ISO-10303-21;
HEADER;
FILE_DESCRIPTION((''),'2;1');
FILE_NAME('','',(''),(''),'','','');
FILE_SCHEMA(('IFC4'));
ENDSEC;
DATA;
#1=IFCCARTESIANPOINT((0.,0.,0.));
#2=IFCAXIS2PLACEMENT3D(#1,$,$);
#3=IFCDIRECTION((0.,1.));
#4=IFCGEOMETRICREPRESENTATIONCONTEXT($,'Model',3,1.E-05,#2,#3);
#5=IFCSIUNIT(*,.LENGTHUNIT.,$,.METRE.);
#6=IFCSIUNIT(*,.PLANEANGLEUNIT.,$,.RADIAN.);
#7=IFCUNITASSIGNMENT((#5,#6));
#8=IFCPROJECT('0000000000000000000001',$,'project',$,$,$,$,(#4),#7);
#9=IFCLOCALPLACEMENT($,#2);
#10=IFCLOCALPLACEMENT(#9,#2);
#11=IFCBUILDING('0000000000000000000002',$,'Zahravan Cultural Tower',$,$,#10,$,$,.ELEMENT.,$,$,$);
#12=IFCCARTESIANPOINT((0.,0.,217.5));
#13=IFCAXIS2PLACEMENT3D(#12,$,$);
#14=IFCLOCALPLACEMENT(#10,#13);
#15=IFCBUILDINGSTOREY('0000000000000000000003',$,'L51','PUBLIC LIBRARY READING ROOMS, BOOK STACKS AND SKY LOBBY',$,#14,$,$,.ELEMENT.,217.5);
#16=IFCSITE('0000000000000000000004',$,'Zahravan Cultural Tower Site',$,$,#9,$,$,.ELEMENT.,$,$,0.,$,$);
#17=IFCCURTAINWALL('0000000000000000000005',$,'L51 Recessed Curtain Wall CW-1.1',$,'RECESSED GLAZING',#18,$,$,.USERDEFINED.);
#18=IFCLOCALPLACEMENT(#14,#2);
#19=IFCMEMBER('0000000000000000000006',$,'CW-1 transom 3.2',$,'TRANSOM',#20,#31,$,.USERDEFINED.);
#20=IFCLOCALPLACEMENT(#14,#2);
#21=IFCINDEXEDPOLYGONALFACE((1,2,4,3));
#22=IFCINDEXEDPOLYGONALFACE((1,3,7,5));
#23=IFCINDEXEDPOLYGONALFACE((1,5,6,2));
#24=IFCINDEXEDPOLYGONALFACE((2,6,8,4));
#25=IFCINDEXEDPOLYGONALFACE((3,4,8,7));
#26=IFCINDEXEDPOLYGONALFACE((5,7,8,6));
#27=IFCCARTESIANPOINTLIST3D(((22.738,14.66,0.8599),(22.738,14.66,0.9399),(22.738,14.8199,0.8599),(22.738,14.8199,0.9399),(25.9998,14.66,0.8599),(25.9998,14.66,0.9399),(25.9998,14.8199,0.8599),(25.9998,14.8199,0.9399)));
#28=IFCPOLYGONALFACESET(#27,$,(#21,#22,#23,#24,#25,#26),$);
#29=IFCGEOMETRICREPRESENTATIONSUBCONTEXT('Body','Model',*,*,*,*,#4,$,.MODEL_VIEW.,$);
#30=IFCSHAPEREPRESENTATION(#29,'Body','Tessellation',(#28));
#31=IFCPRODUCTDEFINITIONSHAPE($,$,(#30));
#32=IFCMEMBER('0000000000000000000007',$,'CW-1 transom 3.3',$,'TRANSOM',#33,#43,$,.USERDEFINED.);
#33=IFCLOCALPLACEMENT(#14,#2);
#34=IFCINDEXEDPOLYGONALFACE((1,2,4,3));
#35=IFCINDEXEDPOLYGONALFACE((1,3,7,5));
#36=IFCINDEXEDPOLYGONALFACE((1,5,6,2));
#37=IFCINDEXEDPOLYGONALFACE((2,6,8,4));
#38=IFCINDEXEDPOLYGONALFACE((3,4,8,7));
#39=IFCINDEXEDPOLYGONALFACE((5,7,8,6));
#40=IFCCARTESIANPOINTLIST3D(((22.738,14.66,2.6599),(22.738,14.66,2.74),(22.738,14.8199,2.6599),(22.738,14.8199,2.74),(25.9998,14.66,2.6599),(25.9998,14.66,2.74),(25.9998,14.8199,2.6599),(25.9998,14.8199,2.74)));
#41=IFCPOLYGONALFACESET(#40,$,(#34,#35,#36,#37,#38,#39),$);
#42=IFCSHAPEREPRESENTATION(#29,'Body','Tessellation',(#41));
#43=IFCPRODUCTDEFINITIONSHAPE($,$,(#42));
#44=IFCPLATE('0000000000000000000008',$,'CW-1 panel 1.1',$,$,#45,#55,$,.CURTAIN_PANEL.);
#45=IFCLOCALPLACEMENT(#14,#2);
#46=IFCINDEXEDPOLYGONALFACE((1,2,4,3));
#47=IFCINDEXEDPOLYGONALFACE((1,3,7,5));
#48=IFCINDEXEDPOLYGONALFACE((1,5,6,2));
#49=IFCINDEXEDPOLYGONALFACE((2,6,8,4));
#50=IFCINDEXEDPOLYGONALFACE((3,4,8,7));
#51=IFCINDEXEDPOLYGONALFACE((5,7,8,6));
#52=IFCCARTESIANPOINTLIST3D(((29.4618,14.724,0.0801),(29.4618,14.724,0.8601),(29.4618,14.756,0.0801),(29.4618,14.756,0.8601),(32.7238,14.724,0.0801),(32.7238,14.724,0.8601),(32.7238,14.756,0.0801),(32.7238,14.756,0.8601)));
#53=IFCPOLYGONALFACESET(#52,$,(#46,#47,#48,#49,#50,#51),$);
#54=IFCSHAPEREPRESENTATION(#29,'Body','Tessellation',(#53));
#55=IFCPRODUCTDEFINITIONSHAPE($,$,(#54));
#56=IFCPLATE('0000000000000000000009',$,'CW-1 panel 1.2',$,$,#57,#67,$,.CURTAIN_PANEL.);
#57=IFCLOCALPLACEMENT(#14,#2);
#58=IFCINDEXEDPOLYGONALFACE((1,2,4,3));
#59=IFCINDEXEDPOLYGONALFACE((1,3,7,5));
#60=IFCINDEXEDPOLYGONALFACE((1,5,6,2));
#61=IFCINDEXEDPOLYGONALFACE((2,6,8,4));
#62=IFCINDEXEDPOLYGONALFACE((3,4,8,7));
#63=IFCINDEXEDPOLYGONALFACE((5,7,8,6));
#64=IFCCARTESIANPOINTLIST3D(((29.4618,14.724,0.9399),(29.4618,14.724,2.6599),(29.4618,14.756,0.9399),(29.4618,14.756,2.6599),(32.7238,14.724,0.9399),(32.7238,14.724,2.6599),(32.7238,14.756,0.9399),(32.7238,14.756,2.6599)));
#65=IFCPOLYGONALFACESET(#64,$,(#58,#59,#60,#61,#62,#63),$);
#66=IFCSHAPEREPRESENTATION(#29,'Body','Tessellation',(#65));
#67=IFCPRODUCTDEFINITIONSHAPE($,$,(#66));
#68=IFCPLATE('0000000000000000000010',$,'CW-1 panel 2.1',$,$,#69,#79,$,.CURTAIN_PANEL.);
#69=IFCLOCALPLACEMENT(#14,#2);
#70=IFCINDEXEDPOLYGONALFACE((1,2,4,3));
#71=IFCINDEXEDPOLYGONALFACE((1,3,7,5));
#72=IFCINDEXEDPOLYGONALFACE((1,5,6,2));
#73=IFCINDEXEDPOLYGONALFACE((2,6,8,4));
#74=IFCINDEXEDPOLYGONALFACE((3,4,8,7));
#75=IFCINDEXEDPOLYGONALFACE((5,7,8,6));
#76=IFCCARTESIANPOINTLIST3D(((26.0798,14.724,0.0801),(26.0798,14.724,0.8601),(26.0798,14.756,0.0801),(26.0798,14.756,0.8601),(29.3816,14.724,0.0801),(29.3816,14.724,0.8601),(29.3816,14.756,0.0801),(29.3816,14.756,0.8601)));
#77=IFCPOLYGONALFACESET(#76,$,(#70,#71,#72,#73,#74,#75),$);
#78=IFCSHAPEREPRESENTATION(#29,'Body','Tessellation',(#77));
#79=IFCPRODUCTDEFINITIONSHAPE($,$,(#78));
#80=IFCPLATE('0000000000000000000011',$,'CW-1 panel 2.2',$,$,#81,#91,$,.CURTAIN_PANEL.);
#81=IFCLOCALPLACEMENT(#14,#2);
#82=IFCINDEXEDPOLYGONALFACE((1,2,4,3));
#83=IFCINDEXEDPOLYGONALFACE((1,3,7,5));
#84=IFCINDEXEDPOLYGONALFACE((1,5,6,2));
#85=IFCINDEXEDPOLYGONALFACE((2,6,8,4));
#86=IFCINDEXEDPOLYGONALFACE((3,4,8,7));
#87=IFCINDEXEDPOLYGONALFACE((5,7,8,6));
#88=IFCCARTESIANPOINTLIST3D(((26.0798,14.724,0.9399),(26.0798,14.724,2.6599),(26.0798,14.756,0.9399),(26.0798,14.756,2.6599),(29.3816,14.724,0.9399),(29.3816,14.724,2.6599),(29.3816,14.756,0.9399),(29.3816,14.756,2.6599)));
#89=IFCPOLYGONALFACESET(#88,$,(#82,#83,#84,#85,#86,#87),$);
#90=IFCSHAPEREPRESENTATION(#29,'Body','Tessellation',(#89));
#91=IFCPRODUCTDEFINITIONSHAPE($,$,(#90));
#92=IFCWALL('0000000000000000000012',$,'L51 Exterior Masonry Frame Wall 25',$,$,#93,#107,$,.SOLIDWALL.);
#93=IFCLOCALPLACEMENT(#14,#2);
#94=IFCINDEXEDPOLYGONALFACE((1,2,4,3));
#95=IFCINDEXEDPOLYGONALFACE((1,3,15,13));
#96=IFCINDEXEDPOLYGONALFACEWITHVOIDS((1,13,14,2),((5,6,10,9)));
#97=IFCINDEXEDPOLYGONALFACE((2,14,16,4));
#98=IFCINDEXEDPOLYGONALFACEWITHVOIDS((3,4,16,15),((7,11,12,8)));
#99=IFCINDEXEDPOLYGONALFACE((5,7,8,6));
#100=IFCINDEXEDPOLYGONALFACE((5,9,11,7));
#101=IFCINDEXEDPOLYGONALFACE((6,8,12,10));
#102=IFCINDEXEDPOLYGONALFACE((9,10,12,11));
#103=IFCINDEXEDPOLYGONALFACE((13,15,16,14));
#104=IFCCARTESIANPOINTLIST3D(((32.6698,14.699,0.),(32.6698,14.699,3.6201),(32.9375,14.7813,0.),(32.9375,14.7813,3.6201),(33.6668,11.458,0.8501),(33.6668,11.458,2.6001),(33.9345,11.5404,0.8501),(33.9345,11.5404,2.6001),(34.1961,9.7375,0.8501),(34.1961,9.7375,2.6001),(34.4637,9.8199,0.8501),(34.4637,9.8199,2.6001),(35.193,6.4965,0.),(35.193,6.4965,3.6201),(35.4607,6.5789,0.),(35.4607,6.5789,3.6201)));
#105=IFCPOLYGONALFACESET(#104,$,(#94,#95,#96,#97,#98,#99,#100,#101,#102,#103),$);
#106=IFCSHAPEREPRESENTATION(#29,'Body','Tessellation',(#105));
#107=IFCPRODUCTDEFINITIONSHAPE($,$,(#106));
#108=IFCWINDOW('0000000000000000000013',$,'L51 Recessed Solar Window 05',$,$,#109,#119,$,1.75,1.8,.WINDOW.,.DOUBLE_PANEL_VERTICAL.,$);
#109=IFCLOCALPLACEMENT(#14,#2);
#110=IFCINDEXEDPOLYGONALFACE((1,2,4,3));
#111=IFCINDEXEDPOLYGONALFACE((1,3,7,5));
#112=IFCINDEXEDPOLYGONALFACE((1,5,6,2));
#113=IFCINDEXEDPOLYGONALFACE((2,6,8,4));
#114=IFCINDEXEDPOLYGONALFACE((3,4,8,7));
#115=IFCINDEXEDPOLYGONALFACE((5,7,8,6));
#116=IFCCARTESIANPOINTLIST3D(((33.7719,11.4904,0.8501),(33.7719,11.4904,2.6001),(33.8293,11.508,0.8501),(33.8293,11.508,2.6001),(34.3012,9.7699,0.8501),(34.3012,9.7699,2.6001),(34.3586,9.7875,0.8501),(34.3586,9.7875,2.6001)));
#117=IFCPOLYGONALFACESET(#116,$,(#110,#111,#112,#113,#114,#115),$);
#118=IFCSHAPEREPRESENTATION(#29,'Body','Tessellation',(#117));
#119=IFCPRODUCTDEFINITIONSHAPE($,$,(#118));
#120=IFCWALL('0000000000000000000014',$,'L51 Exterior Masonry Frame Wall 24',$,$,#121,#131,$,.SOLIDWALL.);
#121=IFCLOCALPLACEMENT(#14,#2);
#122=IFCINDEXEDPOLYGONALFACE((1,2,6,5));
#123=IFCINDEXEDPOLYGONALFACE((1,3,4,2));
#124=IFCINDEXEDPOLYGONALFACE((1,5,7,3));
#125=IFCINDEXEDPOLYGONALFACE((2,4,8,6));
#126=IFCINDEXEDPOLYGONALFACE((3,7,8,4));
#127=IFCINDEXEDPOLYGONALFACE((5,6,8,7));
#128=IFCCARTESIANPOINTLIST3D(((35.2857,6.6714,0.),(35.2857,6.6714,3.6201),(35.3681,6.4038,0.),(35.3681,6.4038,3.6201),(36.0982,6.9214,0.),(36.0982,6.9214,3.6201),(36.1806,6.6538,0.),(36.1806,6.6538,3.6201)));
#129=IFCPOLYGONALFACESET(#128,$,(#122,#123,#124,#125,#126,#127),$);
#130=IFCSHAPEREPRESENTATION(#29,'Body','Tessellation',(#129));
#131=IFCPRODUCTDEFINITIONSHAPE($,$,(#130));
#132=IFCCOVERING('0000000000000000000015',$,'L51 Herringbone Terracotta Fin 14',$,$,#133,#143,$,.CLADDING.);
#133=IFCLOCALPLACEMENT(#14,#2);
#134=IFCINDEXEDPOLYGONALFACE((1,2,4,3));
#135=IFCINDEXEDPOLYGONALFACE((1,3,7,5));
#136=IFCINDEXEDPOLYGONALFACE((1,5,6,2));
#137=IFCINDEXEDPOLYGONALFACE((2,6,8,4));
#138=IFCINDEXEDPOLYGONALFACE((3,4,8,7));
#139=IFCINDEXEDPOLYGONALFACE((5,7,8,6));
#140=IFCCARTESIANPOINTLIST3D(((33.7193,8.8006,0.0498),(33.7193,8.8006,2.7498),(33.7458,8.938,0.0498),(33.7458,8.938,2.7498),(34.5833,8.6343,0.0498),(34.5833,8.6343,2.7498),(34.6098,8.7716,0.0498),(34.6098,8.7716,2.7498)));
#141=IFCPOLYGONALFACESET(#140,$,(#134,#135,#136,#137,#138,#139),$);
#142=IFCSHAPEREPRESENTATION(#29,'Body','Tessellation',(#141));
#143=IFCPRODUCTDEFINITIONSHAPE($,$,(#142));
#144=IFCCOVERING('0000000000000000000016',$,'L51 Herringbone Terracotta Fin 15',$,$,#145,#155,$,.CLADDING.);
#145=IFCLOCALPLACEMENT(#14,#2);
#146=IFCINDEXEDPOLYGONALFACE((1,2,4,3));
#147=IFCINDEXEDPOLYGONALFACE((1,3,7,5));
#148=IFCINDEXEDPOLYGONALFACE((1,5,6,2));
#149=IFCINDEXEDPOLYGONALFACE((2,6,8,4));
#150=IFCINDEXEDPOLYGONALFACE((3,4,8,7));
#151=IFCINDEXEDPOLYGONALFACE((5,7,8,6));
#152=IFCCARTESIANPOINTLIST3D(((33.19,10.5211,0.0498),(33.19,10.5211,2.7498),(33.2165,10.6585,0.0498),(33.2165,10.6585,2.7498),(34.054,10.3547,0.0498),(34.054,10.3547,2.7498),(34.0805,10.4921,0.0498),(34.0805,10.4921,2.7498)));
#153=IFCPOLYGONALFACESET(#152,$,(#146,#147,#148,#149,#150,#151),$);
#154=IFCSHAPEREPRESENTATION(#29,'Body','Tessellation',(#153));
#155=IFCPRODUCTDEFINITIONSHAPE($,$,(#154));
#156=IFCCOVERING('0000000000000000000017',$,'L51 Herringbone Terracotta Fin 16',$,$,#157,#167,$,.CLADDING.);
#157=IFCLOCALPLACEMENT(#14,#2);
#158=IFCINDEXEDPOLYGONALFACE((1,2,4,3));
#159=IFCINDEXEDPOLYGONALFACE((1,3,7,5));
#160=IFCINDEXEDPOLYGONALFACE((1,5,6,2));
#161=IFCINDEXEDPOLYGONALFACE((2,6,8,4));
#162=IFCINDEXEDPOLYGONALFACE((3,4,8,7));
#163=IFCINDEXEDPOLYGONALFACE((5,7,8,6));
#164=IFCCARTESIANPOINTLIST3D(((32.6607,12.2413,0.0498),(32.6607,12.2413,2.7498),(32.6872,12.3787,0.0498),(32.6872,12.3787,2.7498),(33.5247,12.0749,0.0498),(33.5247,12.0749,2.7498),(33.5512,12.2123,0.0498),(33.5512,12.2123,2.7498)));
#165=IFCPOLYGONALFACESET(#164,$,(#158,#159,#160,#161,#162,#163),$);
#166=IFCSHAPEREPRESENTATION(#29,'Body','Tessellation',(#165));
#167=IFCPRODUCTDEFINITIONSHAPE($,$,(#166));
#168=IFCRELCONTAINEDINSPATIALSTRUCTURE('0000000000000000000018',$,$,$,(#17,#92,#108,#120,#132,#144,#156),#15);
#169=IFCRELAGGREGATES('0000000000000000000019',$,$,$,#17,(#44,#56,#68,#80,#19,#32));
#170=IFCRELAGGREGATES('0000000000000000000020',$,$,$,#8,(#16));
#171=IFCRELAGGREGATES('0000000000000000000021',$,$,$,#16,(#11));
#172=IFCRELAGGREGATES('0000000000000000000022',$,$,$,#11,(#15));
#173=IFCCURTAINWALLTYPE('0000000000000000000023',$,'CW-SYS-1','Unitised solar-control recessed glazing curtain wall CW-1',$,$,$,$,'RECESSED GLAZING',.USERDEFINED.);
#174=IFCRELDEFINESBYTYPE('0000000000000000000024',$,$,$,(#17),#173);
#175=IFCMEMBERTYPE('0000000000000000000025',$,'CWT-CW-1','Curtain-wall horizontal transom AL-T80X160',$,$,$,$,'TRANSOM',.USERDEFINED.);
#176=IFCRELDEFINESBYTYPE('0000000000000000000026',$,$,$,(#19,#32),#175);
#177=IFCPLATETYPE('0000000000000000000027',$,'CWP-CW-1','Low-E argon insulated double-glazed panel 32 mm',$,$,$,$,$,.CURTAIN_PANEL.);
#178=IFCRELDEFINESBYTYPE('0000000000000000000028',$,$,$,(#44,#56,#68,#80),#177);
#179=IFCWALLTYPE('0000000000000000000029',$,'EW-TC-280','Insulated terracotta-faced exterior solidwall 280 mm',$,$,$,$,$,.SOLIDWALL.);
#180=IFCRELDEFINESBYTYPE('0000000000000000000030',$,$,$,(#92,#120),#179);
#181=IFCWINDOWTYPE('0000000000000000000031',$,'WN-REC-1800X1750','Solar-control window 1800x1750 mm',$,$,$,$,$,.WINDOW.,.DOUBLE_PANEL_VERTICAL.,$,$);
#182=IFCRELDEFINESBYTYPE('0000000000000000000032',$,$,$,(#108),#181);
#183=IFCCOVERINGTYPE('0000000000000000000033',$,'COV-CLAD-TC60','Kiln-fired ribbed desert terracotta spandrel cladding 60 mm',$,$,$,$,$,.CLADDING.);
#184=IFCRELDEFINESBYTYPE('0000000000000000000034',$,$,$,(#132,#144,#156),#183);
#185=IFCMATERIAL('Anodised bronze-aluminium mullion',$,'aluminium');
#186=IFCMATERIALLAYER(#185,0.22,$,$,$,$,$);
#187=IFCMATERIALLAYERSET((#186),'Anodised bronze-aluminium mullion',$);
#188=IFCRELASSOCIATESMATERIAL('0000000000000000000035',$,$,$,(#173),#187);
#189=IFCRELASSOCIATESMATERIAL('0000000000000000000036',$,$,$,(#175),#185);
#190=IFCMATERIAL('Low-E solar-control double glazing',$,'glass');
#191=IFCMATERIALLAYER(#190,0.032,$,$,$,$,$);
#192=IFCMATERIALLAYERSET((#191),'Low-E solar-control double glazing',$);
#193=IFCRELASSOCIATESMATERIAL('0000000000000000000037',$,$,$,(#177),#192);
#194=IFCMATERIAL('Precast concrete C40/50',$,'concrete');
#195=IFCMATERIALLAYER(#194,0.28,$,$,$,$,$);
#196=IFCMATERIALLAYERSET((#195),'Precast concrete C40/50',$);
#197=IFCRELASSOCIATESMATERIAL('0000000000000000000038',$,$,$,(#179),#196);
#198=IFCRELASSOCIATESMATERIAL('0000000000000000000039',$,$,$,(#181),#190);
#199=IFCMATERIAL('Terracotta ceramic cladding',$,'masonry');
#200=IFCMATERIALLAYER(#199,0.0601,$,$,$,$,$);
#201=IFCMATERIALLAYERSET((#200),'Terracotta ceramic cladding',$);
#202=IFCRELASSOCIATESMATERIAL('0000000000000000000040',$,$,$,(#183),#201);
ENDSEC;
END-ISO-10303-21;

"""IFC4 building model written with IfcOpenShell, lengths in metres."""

from ifc_helpers import new_model, si_unit, direction, frame, frame_2d, origin, origin_2d, place, context, subcontext, project, spatial, rectangle, extrude, source, transform, mapped, material, layer, layer_set, material_profile, profile_set, type_object, element, fill, aggregate, save


model = new_model("IFC4")

# Units and contexts
model_context = context("Model", 3, precision=1e-05, world=origin(), true_north=direction((0.0, 1.0)))
body_context = subcontext(model_context, "Body", "Model", "MODEL_VIEW")
ifc_project = project(units=[si_unit("LENGTHUNIT", "METRE"), si_unit("PLANEANGLEUNIT", "RADIAN")], contexts=[model_context])

# Site, building, storey
site_placement = place(None, origin())
site = spatial("IfcSite", under=ifc_project, at=site_placement, Name="Zahravan Cultural Tower Site", CompositionType="ELEMENT", RefElevation=0.0)
building_placement = place(site_placement, origin())
building = spatial("IfcBuilding", under=site, at=building_placement, Name="Zahravan Cultural Tower", CompositionType="ELEMENT")
storey_placement = place(building_placement, frame((0.0, 0.0, 217.5)))
storey = spatial("IfcBuildingStorey", under=building, at=storey_placement, Name="L51", Description="PUBLIC LIBRARY READING ROOMS, BOOK STACKS AND SKY LOBBY", CompositionType="ELEMENT", Elevation=217.5)

# Curtain wall, members, plates
ifc_material_1 = material(Name="Anodised bronze-aluminium mullion", Category="aluminium")
ifc_layer_1 = layer(ifc_material_1, 0.22)
ifc_layer_set_1 = layer_set([ifc_layer_1], Name="Anodised bronze-aluminium mullion")
curtain_wall_type = type_object("IfcCurtainWallType", Name="CW-SYS-1", Description="Unitised solar-control recessed glazing curtain wall CW-1", ElementType="RECESSED GLAZING", PredefinedType="USERDEFINED", material=ifc_layer_set_1)
curtain_wall_placement = place(storey_placement, origin())
curtain_wall = element("IfcCurtainWall", 1, at=curtain_wall_placement, inside=storey, type_object=curtain_wall_type, Name="L51 Recessed Curtain Wall CW-1.1", ObjectType="RECESSED GLAZING", PredefinedType="USERDEFINED")
ifc_material_profile_1 = material_profile(ifc_material_1, rectangle(XDim=0.1599, YDim=0.0801, at=origin_2d()), Name="AL-T80X160")
ifc_profile_set_1 = profile_set([ifc_material_profile_1], Name="Anodised bronze-aluminium mullion")
member_type_1 = type_object("IfcMemberType", Name="CWT-CW-1", Description="Curtain-wall horizontal transom AL-T80X160", ElementType="TRANSOM", PredefinedType="USERDEFINED", material=ifc_profile_set_1)
shared_shape_1 = source(origin(), body_context, "Body", "SweptSolid", [
    extrude(rectangle(XDim=0.1599, YDim=0.0801, at=origin_2d()), origin(), (0.0, 0.0, 1.0), 3.2617),
])
member_1_placement = place(storey_placement, frame((25.9998, 14.74, 0.8999), z_axis=(-1.0, 0.0, 0.0), x_axis=(0.0, -1.0, 0.0)))
member_1 = element("IfcMember", 2, at=member_1_placement, type_object=member_type_1, Name="CW-1 transom 3.2", ObjectType="TRANSOM", PredefinedType="USERDEFINED", context=body_context, shape_type="MappedRepresentation", body=[
    mapped(shared_shape_1, transform((0.0, 0.0, 0.0), x_axis=(1.0, 0.0, 0.0), y_axis=(0.0, 1.0, 0.0), z_axis=(0.0, 0.0, 1.0), scale=1.0)),
])
member_2_placement = place(storey_placement, frame((25.9998, 14.74, 2.7), z_axis=(-1.0, 0.0, 0.0), x_axis=(0.0, -1.0, 0.0)))
member_2 = element("IfcMember", 3, at=member_2_placement, type_object=member_type_1, Name="CW-1 transom 3.3", ObjectType="TRANSOM", PredefinedType="USERDEFINED", context=body_context, shape_type="MappedRepresentation", body=[
    mapped(shared_shape_1, transform((0.0, 0.0, 0.0), x_axis=(1.0, 0.0, 0.0), y_axis=(0.0, 1.0, 0.0), z_axis=(0.0, 0.0, 1.0), scale=1.0)),
])
ifc_material_2 = material(Name="Low-E solar-control double glazing", Category="glass")
ifc_layer_2 = layer(ifc_material_2, 0.032)
ifc_layer_set_2 = layer_set([ifc_layer_2], Name="Low-E solar-control double glazing")
plate_type = type_object("IfcPlateType", Name="CWP-CW-1", Description="Low-E argon insulated double-glazed panel 32 mm", PredefinedType="CURTAIN_PANEL", material=ifc_layer_set_2)
shared_shape_2 = source(origin(), body_context, "Body", "SweptSolid", [
    extrude(rectangle(XDim=3.262, YDim=0.032, at=origin_2d()), origin(), (0.0, 0.0, 1.0), 0.78),
])
plate_1_placement = place(storey_placement, frame((31.0928, 14.74, 0.0801), z_axis=(0.0, 0.0, 1.0), x_axis=(-1.0, 0.0, 0.0)))
plate_1 = element("IfcPlate", 4, at=plate_1_placement, type_object=plate_type, Name="CW-1 panel 1.1", PredefinedType="CURTAIN_PANEL", context=body_context, shape_type="MappedRepresentation", body=[
    mapped(shared_shape_2, transform((0.0, 0.0, 0.0), x_axis=(1.0, 0.0, 0.0), y_axis=(0.0, 1.0, 0.0), z_axis=(0.0, 0.0, 1.0), scale=1.0)),
])
shared_shape_3 = source(origin(), body_context, "Body", "SweptSolid", [
    extrude(rectangle(XDim=3.262, YDim=0.032, at=origin_2d()), origin(), (0.0, 0.0, 1.0), 1.72),
])
plate_2_placement = place(storey_placement, frame((31.0928, 14.74, 0.9399), z_axis=(0.0, 0.0, 1.0), x_axis=(-1.0, 0.0, 0.0)))
plate_2 = element("IfcPlate", 5, at=plate_2_placement, type_object=plate_type, Name="CW-1 panel 1.2", PredefinedType="CURTAIN_PANEL", context=body_context, shape_type="MappedRepresentation", body=[
    mapped(shared_shape_3, transform((0.0, 0.0, 0.0), x_axis=(1.0, 0.0, 0.0), y_axis=(0.0, 1.0, 0.0), z_axis=(0.0, 0.0, 1.0), scale=1.0)),
])
shared_shape_4 = source(origin(), body_context, "Body", "SweptSolid", [
    extrude(rectangle(XDim=3.3018, YDim=0.032, at=origin_2d()), origin(), (0.0, 0.0, 1.0), 0.78),
])
plate_3_placement = place(storey_placement, frame((27.7307, 14.74, 0.0801), z_axis=(0.0, 0.0, 1.0), x_axis=(-1.0, 0.0, 0.0)))
plate_3 = element("IfcPlate", 6, at=plate_3_placement, type_object=plate_type, Name="CW-1 panel 2.1", PredefinedType="CURTAIN_PANEL", context=body_context, shape_type="MappedRepresentation", body=[
    mapped(shared_shape_4, transform((0.0, 0.0, 0.0), x_axis=(1.0, 0.0, 0.0), y_axis=(0.0, 1.0, 0.0), z_axis=(0.0, 0.0, 1.0), scale=1.0)),
])
shared_shape_5 = source(origin(), body_context, "Body", "SweptSolid", [
    extrude(rectangle(XDim=3.3018, YDim=0.032, at=origin_2d()), origin(), (0.0, 0.0, 1.0), 1.72),
])
plate_4_placement = place(storey_placement, frame((27.7307, 14.74, 0.9399), z_axis=(0.0, 0.0, 1.0), x_axis=(-1.0, 0.0, 0.0)))
plate_4 = element("IfcPlate", 7, at=plate_4_placement, type_object=plate_type, Name="CW-1 panel 2.2", PredefinedType="CURTAIN_PANEL", context=body_context, shape_type="MappedRepresentation", body=[
    mapped(shared_shape_5, transform((0.0, 0.0, 0.0), x_axis=(1.0, 0.0, 0.0), y_axis=(0.0, 1.0, 0.0), z_axis=(0.0, 0.0, 1.0), scale=1.0)),
])
aggregate(curtain_wall, [plate_1, plate_2, plate_3, plate_4, member_1, member_2])

# Wall, opening, window
ifc_material_3 = material(Name="Precast concrete C40/50", Category="concrete")
ifc_layer_3 = layer(ifc_material_3, 0.28)
ifc_layer_set_3 = layer_set([ifc_layer_3], Name="Precast concrete C40/50")
wall_type = type_object("IfcWallType", Name="EW-TC-280", Description="Insulated terracotta-faced exterior solidwall 280 mm", PredefinedType="SOLIDWALL", material=ifc_layer_set_3)
wall_1_placement = place(storey_placement, frame((35.3269, 6.5376, 0.0), z_axis=(0.0, 0.0, 1.0), x_axis=(-0.29402, 0.955799, 0.0)))
wall_1 = element("IfcWall", 8, at=wall_1_placement, inside=storey, type_object=wall_type, Name="L51 Exterior Masonry Frame Wall 25", PredefinedType="SOLIDWALL", context=body_context, shape_type="SweptSolid", body=[
    extrude(rectangle(XDim=8.5818, YDim=0.28, at=frame_2d((4.291, 0.0))), origin(), (0.0, 0.0, 1.0), 3.6201),
])
opening_placement = place(wall_1_placement, frame((3.3911, 0.0, 0.8501)))
opening = element("IfcOpeningElement", 9, at=opening_placement, cuts=wall_1, PredefinedType="OPENING", context=body_context, shape_type="SweptSolid", body=[
    extrude(rectangle(XDim=1.8, YDim=1.75, at=frame_2d((0.8999, 0.875))), frame((0.0, 0.1499, 0.0), z_axis=(0.0, -1.0, 0.0), x_axis=(1.0, 0.0, 0.0)), (0.0, 0.0, 1.0), 0.3),
])
window_type = type_object("IfcWindowType", Name="WN-REC-1800X1750", Description="Solar-control window 1800x1750 mm", PartitioningType="DOUBLE_PANEL_VERTICAL", PredefinedType="WINDOW", material=ifc_material_2)
shared_shape_6 = source(origin(), body_context, "Body", "SweptSolid", [
    extrude(rectangle(XDim=1.8, YDim=1.75, at=frame_2d((0.8999, 0.875))), frame((0.0, 0.03, 0.0), z_axis=(0.0, -1.0, 0.0), x_axis=(1.0, 0.0, 0.0)), (0.0, 0.0, 1.0), 0.0601),
])
window_placement = place(opening_placement, origin())
window = element("IfcWindow", 10, at=window_placement, inside=storey, type_object=window_type, Name="L51 Recessed Solar Window 05", OverallHeight=1.75, OverallWidth=1.8, PartitioningType="DOUBLE_PANEL_VERTICAL", PredefinedType="WINDOW", context=body_context, shape_type="MappedRepresentation", body=[
    mapped(shared_shape_6, transform((0.0, 0.0, 0.0), x_axis=(1.0, 0.0, 0.0), y_axis=(0.0, 1.0, 0.0), z_axis=(0.0, 0.0, 1.0), scale=1.0)),
])
fill(opening, window)

# Wall
shared_shape_7 = source(origin(), body_context, "Body", "SweptSolid", [
    extrude(rectangle(XDim=0.8501, YDim=0.28, at=frame_2d((0.425, 0.0))), origin(), (0.0, 0.0, 1.0), 3.6201),
])
wall_2_placement = place(storey_placement, frame((36.1394, 6.7876, 0.0), z_axis=(0.0, 0.0, 1.0), x_axis=(-0.955779, -0.294086, 0.0)))
element("IfcWall", 11, at=wall_2_placement, inside=storey, type_object=wall_type, Name="L51 Exterior Masonry Frame Wall 24", PredefinedType="SOLIDWALL", context=body_context, shape_type="MappedRepresentation", body=[
    mapped(shared_shape_7, transform((0.0, 0.0, 0.0), x_axis=(1.0, 0.0, 0.0), y_axis=(0.0, 1.0, 0.0), z_axis=(0.0, 0.0, 1.0), scale=1.0)),
])

# Coverings
ifc_material_4 = material(Name="Terracotta ceramic cladding", Category="masonry")
ifc_layer_4 = layer(ifc_material_4, 0.0601)
ifc_layer_set_4 = layer_set([ifc_layer_4], Name="Terracotta ceramic cladding")
covering_type = type_object("IfcCoveringType", Name="COV-CLAD-TC60", Description="Kiln-fired ribbed desert terracotta spandrel cladding 60 mm", PredefinedType="CLADDING", material=ifc_layer_set_4)
shared_shape_8 = source(origin(), body_context, "Body", "SweptSolid", [
    extrude(rectangle(XDim=0.8799, YDim=0.1399, at=origin_2d()), origin(), (0.0, 0.0, 1.0), 2.7),
])
for number, where, z_axis, x_axis, name in (
    (12, (34.1646, 8.7861, 0.0498), (0.0, 0.0, 1.0), (-0.981959, 0.189095, 0.0), "L51 Herringbone Terracotta Fin 14"),
    (13, (33.6353, 10.5066, 0.0498), (0.0, 0.0, 1.0), (-0.981959, 0.189095, 0.0), "L51 Herringbone Terracotta Fin 15"),
    (14, (33.106, 12.2268, 0.0498), (0.0, 0.0, 1.0), (-0.981959, 0.189095, 0.0), "L51 Herringbone Terracotta Fin 16"),
):
    element("IfcCovering", number, at=place(storey_placement, frame(where, z_axis=z_axis, x_axis=x_axis)), inside=storey, type_object=covering_type, Name=name, PredefinedType="CLADDING", context=body_context, shape_type="MappedRepresentation", body=[
        mapped(shared_shape_8, transform((0.0, 0.0, 0.0), x_axis=(1.0, 0.0, 0.0), y_axis=(0.0, 1.0, 0.0), z_axis=(0.0, 0.0, 1.0), scale=1.0)),
    ])

save(model, "model.ifc")
